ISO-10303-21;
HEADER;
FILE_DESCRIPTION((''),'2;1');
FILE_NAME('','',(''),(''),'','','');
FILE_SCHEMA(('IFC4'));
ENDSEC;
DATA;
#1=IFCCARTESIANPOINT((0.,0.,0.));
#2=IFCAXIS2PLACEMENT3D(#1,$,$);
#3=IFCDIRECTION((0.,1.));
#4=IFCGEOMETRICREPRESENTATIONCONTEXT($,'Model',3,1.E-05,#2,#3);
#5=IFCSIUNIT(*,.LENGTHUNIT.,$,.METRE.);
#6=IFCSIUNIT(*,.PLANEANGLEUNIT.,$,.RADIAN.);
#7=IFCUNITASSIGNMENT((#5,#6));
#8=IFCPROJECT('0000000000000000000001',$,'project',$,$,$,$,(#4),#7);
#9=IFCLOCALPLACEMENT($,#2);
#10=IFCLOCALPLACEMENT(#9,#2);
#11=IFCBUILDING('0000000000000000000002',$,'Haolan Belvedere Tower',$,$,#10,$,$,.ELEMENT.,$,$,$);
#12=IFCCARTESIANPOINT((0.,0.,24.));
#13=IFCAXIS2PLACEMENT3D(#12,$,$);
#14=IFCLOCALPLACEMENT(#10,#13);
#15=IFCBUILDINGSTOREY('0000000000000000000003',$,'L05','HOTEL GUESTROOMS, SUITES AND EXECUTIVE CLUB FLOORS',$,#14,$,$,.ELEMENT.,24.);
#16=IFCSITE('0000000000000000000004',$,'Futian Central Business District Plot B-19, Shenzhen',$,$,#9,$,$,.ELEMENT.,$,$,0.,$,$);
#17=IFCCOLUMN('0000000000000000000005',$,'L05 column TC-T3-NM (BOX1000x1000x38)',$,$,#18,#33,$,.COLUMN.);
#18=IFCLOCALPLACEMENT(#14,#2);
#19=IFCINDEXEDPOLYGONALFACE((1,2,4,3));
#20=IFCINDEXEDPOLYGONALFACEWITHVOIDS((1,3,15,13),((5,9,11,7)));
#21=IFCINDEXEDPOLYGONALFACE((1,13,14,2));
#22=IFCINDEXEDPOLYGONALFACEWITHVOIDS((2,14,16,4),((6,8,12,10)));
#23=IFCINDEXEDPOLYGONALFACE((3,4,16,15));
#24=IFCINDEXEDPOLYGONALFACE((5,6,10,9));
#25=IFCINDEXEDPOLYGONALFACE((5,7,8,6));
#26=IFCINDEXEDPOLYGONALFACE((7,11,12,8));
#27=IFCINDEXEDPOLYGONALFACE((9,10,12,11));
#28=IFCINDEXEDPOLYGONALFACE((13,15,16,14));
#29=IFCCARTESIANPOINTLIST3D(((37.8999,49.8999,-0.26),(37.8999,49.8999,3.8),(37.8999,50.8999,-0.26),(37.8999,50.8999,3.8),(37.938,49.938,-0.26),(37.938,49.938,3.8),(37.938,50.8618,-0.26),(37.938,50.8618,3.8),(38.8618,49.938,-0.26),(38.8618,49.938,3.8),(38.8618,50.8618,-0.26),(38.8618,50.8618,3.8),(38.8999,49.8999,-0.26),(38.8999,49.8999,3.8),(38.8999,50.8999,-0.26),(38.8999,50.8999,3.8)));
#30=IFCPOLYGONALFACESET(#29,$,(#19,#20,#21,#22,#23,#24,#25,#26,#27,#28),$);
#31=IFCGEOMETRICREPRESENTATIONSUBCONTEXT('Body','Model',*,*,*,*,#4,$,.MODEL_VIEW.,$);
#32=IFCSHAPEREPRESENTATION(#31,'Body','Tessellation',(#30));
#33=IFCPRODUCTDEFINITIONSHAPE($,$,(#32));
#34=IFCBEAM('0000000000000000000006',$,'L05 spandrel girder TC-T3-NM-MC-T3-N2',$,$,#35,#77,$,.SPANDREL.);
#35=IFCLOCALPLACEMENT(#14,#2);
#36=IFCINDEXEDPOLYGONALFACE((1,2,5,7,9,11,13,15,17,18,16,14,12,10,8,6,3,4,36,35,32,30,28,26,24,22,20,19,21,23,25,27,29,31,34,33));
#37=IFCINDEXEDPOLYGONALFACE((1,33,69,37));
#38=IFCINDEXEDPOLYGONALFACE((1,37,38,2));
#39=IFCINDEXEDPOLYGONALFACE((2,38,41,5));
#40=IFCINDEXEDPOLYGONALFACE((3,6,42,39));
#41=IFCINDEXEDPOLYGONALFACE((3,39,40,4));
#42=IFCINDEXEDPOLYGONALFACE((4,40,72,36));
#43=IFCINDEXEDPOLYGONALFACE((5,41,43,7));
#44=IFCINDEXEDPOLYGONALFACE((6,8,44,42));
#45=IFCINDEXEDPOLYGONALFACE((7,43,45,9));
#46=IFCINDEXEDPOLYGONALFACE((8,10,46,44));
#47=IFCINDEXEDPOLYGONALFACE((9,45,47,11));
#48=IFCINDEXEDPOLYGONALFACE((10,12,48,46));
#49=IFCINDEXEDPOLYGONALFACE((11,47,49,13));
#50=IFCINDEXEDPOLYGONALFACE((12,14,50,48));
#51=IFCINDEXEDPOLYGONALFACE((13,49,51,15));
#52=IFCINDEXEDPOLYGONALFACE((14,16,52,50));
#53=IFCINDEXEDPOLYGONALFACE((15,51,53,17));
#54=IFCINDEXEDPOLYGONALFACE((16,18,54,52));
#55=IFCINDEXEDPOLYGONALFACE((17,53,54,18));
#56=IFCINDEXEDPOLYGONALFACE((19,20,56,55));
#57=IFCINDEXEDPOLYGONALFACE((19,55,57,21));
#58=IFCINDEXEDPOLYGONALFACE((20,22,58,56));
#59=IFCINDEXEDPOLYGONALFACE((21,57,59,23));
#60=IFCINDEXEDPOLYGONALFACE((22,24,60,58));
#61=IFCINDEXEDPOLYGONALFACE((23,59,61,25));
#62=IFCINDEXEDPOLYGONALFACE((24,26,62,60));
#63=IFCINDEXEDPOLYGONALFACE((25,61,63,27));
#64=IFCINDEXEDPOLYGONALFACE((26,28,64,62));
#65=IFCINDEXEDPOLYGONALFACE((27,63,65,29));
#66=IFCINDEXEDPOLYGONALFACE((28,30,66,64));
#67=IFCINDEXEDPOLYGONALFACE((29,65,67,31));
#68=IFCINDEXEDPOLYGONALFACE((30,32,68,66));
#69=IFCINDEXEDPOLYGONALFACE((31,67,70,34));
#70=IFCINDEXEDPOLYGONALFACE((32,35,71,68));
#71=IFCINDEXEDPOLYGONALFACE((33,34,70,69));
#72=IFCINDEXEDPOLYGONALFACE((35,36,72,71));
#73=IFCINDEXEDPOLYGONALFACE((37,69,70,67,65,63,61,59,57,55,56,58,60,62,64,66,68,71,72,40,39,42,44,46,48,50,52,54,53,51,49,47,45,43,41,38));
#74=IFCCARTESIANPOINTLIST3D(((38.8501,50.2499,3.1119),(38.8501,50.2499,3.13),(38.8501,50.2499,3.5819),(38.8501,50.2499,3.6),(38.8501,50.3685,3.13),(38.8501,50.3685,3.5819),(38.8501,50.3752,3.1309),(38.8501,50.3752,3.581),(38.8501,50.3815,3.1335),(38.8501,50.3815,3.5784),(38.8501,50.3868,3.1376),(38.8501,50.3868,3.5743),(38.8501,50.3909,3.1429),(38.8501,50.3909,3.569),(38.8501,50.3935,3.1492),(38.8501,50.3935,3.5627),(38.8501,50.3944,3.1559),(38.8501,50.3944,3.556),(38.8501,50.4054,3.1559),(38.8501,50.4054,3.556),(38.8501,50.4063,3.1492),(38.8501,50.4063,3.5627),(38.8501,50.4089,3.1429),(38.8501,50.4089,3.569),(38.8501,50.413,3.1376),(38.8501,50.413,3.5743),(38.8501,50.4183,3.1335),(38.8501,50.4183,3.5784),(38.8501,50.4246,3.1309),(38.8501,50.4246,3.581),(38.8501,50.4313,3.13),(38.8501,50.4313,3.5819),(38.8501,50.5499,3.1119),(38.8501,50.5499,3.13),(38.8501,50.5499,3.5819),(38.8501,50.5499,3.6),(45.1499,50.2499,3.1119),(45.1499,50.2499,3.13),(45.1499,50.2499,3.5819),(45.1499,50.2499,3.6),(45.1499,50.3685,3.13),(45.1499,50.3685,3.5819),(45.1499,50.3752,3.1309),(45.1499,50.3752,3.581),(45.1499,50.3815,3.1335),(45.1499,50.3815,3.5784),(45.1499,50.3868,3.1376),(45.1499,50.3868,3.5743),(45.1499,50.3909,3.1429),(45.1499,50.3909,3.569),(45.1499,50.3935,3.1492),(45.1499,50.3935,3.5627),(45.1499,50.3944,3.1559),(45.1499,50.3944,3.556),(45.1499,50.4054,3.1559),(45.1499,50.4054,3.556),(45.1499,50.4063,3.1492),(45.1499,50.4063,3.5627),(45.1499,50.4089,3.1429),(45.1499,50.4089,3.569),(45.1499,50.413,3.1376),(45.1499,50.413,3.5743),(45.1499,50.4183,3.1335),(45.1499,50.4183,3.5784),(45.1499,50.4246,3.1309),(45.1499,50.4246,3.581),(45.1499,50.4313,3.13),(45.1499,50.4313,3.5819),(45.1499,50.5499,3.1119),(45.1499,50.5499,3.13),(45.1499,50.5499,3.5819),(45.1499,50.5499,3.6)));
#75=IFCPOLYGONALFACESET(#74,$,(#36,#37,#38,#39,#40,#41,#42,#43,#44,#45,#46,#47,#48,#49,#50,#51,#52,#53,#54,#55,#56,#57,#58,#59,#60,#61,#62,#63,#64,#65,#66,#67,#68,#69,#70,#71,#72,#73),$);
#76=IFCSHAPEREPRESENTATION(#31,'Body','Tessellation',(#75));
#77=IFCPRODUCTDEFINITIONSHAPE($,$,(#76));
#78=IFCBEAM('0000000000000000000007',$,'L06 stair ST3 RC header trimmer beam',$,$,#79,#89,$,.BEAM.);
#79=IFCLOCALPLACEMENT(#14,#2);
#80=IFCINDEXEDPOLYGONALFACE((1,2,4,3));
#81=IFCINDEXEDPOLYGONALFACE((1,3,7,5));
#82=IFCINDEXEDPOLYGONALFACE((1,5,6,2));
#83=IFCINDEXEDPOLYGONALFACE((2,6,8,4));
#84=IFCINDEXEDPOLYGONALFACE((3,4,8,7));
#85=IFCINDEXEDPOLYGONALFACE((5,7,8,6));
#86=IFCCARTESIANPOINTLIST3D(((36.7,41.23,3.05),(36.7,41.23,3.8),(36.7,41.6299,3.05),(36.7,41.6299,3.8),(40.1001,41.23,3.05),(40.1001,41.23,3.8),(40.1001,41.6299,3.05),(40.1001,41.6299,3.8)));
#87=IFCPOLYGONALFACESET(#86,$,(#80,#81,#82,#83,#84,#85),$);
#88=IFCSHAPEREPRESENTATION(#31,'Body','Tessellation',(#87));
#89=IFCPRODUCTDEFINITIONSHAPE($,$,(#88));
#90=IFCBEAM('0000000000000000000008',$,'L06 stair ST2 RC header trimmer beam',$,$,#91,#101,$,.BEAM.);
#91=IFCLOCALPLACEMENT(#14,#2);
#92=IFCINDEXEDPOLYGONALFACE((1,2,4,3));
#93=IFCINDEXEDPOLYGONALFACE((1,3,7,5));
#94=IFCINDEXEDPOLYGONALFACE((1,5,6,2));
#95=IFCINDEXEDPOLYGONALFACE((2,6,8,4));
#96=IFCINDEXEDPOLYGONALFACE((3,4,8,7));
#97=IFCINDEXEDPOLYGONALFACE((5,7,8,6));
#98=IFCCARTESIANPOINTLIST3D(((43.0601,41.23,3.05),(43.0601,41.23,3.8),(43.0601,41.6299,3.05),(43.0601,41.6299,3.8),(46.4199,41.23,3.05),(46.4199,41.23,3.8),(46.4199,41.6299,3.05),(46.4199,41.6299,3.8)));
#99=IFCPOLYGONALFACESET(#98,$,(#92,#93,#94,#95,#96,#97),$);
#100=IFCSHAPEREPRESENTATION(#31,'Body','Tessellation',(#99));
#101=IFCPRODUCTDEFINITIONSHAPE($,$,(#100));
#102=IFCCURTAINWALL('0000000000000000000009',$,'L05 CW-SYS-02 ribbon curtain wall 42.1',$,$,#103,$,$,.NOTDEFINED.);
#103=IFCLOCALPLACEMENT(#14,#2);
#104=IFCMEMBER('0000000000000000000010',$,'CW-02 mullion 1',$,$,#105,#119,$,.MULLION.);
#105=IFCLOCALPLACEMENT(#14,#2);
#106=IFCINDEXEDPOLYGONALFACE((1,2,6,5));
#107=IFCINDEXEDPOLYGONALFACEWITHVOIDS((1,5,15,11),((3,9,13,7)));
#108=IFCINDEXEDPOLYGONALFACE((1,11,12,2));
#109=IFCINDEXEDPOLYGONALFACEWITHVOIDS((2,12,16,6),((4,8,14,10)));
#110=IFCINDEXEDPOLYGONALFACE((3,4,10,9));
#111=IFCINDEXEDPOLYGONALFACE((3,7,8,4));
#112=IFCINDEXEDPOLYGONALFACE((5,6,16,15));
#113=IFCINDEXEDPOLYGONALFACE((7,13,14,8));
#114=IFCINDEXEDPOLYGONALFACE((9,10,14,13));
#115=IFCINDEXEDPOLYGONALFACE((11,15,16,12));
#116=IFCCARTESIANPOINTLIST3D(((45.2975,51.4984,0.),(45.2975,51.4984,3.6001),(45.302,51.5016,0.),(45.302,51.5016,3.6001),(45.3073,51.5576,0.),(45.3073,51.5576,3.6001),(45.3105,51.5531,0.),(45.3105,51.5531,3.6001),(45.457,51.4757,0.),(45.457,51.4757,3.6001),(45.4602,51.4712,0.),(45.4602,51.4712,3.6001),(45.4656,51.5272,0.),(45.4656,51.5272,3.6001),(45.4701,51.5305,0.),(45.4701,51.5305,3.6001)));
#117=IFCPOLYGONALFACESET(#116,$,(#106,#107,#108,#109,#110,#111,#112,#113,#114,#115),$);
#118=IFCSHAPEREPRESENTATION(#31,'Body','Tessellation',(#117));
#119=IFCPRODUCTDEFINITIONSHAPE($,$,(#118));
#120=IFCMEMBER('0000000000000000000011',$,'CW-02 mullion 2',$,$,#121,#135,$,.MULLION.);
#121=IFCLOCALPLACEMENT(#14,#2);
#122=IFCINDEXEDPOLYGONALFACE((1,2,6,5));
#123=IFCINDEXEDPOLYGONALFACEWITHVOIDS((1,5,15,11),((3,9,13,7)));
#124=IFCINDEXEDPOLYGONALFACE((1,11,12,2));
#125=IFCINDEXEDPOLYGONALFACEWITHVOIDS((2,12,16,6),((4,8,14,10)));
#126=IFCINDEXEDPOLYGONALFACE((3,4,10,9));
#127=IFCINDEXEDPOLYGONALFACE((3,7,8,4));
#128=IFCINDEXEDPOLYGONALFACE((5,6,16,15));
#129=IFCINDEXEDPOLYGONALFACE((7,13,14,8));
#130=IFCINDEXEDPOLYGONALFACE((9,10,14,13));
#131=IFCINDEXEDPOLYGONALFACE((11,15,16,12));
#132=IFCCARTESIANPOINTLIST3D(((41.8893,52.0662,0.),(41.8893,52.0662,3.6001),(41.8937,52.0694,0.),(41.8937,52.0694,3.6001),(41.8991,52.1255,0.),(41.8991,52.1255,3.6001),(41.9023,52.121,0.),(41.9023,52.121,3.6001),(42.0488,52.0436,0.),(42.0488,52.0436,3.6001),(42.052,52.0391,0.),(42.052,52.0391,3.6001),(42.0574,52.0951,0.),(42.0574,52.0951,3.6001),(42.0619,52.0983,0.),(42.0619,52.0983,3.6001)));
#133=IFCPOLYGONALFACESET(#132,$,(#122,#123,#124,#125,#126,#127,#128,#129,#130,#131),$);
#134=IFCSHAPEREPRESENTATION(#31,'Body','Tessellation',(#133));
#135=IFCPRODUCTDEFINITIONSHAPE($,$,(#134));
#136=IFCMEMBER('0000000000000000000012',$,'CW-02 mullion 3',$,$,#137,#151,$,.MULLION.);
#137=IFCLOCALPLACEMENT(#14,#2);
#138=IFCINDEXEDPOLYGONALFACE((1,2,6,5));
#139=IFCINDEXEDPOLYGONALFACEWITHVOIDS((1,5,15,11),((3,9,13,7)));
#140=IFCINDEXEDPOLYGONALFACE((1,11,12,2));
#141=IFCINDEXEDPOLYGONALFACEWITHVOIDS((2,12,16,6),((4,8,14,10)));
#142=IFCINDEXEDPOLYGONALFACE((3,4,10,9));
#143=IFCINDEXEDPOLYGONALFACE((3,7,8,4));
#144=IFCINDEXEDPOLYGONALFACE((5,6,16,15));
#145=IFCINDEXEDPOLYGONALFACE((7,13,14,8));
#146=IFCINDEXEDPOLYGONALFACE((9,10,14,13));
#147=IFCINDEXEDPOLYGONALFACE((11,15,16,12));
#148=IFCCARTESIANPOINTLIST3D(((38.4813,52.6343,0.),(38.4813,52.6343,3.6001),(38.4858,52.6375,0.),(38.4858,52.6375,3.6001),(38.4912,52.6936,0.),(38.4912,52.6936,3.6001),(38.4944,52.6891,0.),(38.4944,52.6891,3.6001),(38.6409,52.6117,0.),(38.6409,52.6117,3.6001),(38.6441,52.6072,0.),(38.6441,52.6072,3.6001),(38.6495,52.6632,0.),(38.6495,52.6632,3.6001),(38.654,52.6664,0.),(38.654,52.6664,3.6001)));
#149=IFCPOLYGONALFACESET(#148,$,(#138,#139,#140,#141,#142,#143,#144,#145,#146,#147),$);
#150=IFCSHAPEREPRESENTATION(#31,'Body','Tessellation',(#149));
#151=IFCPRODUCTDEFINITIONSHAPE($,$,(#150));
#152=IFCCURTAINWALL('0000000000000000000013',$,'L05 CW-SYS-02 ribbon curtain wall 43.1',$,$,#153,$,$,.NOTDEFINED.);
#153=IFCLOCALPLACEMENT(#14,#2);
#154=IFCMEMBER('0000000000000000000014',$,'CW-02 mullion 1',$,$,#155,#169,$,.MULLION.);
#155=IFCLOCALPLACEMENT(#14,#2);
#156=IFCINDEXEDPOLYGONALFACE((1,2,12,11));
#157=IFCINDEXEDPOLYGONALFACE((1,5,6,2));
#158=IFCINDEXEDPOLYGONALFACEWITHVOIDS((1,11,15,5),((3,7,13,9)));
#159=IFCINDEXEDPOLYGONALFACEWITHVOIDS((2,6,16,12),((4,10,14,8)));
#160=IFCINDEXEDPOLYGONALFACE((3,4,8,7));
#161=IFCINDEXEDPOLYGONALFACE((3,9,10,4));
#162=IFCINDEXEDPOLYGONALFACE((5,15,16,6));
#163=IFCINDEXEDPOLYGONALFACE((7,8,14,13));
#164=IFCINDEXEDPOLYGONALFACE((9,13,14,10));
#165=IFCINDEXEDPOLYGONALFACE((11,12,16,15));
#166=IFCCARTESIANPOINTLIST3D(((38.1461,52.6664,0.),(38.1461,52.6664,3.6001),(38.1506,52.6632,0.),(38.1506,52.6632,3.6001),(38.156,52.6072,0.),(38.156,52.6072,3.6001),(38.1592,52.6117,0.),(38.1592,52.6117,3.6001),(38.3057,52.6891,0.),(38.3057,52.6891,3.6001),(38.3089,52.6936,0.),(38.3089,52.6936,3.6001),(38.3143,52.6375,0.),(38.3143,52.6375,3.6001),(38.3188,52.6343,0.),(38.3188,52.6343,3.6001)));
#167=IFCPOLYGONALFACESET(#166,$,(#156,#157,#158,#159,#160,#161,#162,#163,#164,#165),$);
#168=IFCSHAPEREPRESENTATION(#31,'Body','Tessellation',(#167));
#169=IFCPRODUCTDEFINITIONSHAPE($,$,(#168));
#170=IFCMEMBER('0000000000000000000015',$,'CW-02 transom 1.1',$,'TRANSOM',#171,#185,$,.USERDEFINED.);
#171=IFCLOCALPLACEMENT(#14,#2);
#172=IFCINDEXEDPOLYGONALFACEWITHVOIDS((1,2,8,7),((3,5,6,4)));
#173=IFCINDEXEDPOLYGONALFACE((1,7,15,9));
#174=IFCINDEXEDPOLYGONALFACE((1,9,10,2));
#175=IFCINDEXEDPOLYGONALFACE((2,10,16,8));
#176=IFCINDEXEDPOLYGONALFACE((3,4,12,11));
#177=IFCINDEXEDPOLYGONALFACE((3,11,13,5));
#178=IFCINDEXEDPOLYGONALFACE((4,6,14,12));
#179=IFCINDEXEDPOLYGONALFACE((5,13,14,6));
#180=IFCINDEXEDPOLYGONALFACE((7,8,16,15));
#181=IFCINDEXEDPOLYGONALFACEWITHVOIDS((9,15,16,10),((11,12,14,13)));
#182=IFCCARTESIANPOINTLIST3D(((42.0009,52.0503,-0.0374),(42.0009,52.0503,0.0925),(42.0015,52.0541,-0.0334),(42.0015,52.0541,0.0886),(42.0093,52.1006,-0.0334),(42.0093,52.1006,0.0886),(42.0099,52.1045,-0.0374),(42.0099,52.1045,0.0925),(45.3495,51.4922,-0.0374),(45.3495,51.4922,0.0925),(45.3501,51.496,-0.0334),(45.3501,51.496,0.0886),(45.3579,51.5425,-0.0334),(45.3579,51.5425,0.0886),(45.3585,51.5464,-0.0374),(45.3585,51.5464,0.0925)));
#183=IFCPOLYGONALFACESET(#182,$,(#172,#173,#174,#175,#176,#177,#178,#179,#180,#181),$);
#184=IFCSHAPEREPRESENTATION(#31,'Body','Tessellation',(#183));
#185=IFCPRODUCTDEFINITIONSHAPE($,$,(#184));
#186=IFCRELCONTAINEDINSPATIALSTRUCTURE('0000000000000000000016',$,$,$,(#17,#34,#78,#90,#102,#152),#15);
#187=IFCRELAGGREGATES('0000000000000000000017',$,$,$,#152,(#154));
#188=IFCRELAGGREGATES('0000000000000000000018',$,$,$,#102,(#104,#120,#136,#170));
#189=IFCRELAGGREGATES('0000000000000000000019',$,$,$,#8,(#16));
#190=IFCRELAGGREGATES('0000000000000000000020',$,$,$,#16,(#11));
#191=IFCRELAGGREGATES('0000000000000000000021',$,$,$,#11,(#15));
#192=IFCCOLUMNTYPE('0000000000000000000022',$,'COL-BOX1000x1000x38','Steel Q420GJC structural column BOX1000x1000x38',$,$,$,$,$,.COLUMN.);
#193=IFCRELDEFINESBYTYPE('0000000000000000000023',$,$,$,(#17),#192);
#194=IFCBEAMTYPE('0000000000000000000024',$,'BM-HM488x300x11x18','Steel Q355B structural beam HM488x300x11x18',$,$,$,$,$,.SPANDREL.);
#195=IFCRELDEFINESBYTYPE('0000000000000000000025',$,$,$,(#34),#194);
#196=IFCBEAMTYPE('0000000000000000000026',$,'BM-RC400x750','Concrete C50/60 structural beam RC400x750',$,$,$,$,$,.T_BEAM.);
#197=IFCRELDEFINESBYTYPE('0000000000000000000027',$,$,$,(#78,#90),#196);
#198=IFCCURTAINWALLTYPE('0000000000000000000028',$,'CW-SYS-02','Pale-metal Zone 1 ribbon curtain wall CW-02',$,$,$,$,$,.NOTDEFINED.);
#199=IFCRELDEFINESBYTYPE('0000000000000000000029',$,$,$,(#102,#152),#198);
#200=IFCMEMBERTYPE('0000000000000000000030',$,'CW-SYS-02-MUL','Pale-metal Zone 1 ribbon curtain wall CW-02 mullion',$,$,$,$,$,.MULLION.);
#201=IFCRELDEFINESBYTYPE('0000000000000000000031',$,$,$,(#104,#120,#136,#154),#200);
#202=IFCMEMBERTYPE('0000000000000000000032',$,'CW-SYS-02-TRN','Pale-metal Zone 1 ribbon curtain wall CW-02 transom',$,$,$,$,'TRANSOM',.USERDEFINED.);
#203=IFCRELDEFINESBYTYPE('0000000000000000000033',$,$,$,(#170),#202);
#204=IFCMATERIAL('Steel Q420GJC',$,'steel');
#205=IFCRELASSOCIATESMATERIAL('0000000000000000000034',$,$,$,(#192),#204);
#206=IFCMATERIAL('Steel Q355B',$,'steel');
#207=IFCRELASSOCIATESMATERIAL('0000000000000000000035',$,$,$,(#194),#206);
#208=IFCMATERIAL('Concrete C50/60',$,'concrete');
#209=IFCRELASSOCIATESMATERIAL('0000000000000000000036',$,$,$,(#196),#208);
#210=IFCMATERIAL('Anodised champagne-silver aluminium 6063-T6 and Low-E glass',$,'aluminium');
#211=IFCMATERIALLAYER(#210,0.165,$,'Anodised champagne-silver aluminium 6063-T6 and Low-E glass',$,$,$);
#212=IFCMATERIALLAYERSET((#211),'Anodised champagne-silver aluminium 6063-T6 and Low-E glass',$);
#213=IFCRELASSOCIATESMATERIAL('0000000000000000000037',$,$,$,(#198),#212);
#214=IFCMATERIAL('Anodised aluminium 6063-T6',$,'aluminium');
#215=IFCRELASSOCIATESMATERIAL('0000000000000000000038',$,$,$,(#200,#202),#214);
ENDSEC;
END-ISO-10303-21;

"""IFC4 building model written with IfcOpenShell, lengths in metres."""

from ifc_helpers import new_model, si_unit, direction, frame, origin, origin_2d, place, context, subcontext, project, spatial, rectangle, hollow_rectangle, i_section, extrude, material, layer, layer_set, material_profile, profile_set, type_object, element, aggregate, save


model = new_model("IFC4")

# Units and contexts
model_context = context("Model", 3, precision=1e-05, world=origin(), true_north=direction((0.0, 1.0)))
body_context = subcontext(model_context, "Body", "Model", "MODEL_VIEW")
ifc_project = project(units=[si_unit("LENGTHUNIT", "METRE"), si_unit("PLANEANGLEUNIT", "RADIAN")], contexts=[model_context])

# Site, building, storey
site_placement = place(None, origin())
site = spatial("IfcSite", under=ifc_project, at=site_placement, Name="Futian Central Business District Plot B-19, Shenzhen", CompositionType="ELEMENT", RefElevation=0.0)
building_placement = place(site_placement, origin())
building = spatial("IfcBuilding", under=site, at=building_placement, Name="Haolan Belvedere Tower", CompositionType="ELEMENT")
storey_placement = place(building_placement, frame((0.0, 0.0, 24.0)))
storey = spatial("IfcBuildingStorey", under=building, at=storey_placement, Name="L05", Description="HOTEL GUESTROOMS, SUITES AND EXECUTIVE CLUB FLOORS", CompositionType="ELEMENT", Elevation=24.0)

# Column
ifc_material_1 = material(Name="Steel Q420GJC", Category="steel")
ifc_material_profile_1 = material_profile(ifc_material_1, hollow_rectangle(XDim=1.0, YDim=1.0, WallThickness=0.0381, at=origin_2d()), Name="Steel Q420GJC")
ifc_profile_set_1 = profile_set([ifc_material_profile_1], Name="Steel Q420GJC")
column_type = type_object("IfcColumnType", Name="COL-BOX1000x1000x38", Description="Steel Q420GJC structural column BOX1000x1000x38", PredefinedType="COLUMN", material=ifc_profile_set_1)
column_placement = place(storey_placement, frame((38.3999, 50.3999, -0.26), z_axis=(0.0, 0.0, 1.0), x_axis=(1.0, 0.0, 0.0)))
element("IfcColumn", 1, at=column_placement, inside=storey, type_object=column_type, Name="L05 column TC-T3-NM (BOX1000x1000x38)", PredefinedType="COLUMN", context=body_context, shape_type="SweptSolid", body=[
    extrude(hollow_rectangle(XDim=1.0, YDim=1.0, WallThickness=0.0381, at=origin_2d()), origin(), (0.0, 0.0, 1.0), 4.0601),
])

# Beams
ifc_material_2 = material(Name="Steel Q355B", Category="steel")
ifc_material_profile_2 = material_profile(ifc_material_2, i_section(OverallWidth=0.3, OverallDepth=0.488, WebThickness=0.011, FlangeThickness=0.0181, FilletRadius=0.0259, at=origin_2d()), Name="Steel Q355B")
ifc_profile_set_2 = profile_set([ifc_material_profile_2], Name="Steel Q355B")
beam_type_1 = type_object("IfcBeamType", Name="BM-HM488x300x11x18", Description="Steel Q355B structural beam HM488x300x11x18", PredefinedType="SPANDREL", material=ifc_profile_set_2)
beam_1_placement = place(storey_placement, frame((38.8501, 50.3999, 3.356), z_axis=(1.0, 0.0, 0.0), x_axis=(0.0, 1.0, 0.0)))
element("IfcBeam", 2, at=beam_1_placement, inside=storey, type_object=beam_type_1, Name="L05 spandrel girder TC-T3-NM-MC-T3-N2", PredefinedType="SPANDREL", context=body_context, shape_type="SweptSolid", body=[
    extrude(i_section(OverallWidth=0.3, OverallDepth=0.488, WebThickness=0.011, FlangeThickness=0.0181, FilletRadius=0.0259, at=origin_2d()), origin(), (0.0, 0.0, 1.0), 6.2998),
])
ifc_material_3 = material(Name="Concrete C50/60", Category="concrete")
ifc_material_profile_3 = material_profile(ifc_material_3, rectangle(XDim=0.3999, YDim=0.75, at=origin_2d()), Name="Concrete C50/60")
ifc_profile_set_3 = profile_set([ifc_material_profile_3], Name="Concrete C50/60")
beam_type_2 = type_object("IfcBeamType", Name="BM-RC400x750", Description="Concrete C50/60 structural beam RC400x750", PredefinedType="T_BEAM", material=ifc_profile_set_3)
beam_2_placement = place(storey_placement, frame((36.7, 41.4299, 3.425), z_axis=(1.0, 0.0, 0.0), x_axis=(0.0, 1.0, 0.0)))
element("IfcBeam", 3, at=beam_2_placement, inside=storey, type_object=beam_type_2, Name="L06 stair ST3 RC header trimmer beam", PredefinedType="BEAM", context=body_context, shape_type="SweptSolid", body=[
    extrude(rectangle(XDim=0.3999, YDim=0.75, at=origin_2d()), origin(), (0.0, 0.0, 1.0), 3.4001),
])
beam_3_placement = place(storey_placement, frame((43.0601, 41.4299, 3.425), z_axis=(1.0, 0.0, 0.0), x_axis=(0.0, 1.0, 0.0)))
element("IfcBeam", 4, at=beam_3_placement, inside=storey, type_object=beam_type_2, Name="L06 stair ST2 RC header trimmer beam", PredefinedType="BEAM", context=body_context, shape_type="SweptSolid", body=[
    extrude(rectangle(XDim=0.3999, YDim=0.75, at=origin_2d()), origin(), (0.0, 0.0, 1.0), 3.3599),
])

# Curtain wall, members
ifc_material_4 = material(Name="Anodised champagne-silver aluminium 6063-T6 and Low-E glass", Category="aluminium")
ifc_layer_1 = layer(ifc_material_4, 0.165, Name="Anodised champagne-silver aluminium 6063-T6 and Low-E glass")
ifc_layer_set_1 = layer_set([ifc_layer_1], Name="Anodised champagne-silver aluminium 6063-T6 and Low-E glass")
curtain_wall_type = type_object("IfcCurtainWallType", Name="CW-SYS-02", Description="Pale-metal Zone 1 ribbon curtain wall CW-02", PredefinedType="NOTDEFINED", material=ifc_layer_set_1)
curtain_wall_1_placement = place(storey_placement, origin())
curtain_wall_1 = element("IfcCurtainWall", 5, at=curtain_wall_1_placement, inside=storey, type_object=curtain_wall_type, Name="L05 CW-SYS-02 ribbon curtain wall 42.1", PredefinedType="NOTDEFINED")
ifc_material_5 = material(Name="Anodised aluminium 6063-T6", Category="aluminium")
ifc_material_profile_4 = material_profile(ifc_material_5, hollow_rectangle(XDim=0.0601, YDim=0.165, WallThickness=0.0039, at=origin_2d()), Name="Anodised aluminium 6063-T6")
ifc_profile_set_4 = profile_set([ifc_material_profile_4], Name="Anodised aluminium 6063-T6")
member_type_1 = type_object("IfcMemberType", Name="CW-SYS-02-MUL", Description="Pale-metal Zone 1 ribbon curtain wall CW-02 mullion", PredefinedType="MULLION", material=ifc_profile_set_4)
member_1_placement = place(storey_placement, frame((45.3838, 51.5144, 0.0), z_axis=(0.0, 0.0, 1.0), x_axis=(-0.164404, -0.986393, 0.0)))
member_1 = element("IfcMember", 6, at=member_1_placement, type_object=member_type_1, Name="CW-02 mullion 1", PredefinedType="MULLION", context=body_context, shape_type="SweptSolid", body=[
    extrude(hollow_rectangle(XDim=0.0601, YDim=0.165, WallThickness=0.0039, at=origin_2d()), origin(), (0.0, 0.0, 1.0), 3.6001),
])
member_2_placement = place(storey_placement, frame((41.9756, 52.0823, 0.0), z_axis=(0.0, 0.0, 1.0), x_axis=(-0.164404, -0.986393, 0.0)))
member_2 = element("IfcMember", 7, at=member_2_placement, type_object=member_type_1, Name="CW-02 mullion 2", PredefinedType="MULLION", context=body_context, shape_type="SweptSolid", body=[
    extrude(hollow_rectangle(XDim=0.0601, YDim=0.165, WallThickness=0.0039, at=origin_2d()), origin(), (0.0, 0.0, 1.0), 3.6001),
])
member_3_placement = place(storey_placement, frame((38.5676, 52.6504, 0.0), z_axis=(0.0, 0.0, 1.0), x_axis=(-0.164404, -0.986393, 0.0)))
member_3 = element("IfcMember", 8, at=member_3_placement, type_object=member_type_1, Name="CW-02 mullion 3", PredefinedType="MULLION", context=body_context, shape_type="SweptSolid", body=[
    extrude(hollow_rectangle(XDim=0.0601, YDim=0.165, WallThickness=0.0039, at=origin_2d()), origin(), (0.0, 0.0, 1.0), 3.6001),
])

# Curtain wall, member
curtain_wall_2_placement = place(storey_placement, origin())
curtain_wall_2 = element("IfcCurtainWall", 9, at=curtain_wall_2_placement, inside=storey, type_object=curtain_wall_type, Name="L05 CW-SYS-02 ribbon curtain wall 43.1", PredefinedType="NOTDEFINED")
member_4_placement = place(storey_placement, frame((38.2324, 52.6504, 0.0), z_axis=(0.0, 0.0, 1.0), x_axis=(0.164404, -0.986393, 0.0)))
member_4 = element("IfcMember", 10, at=member_4_placement, type_object=member_type_1, Name="CW-02 mullion 1", PredefinedType="MULLION", context=body_context, shape_type="SweptSolid", body=[
    extrude(hollow_rectangle(XDim=0.0601, YDim=0.165, WallThickness=0.0039, at=origin_2d()), origin(), (0.0, 0.0, 1.0), 3.6001),
])

# Member
ifc_material_profile_5 = material_profile(ifc_material_5, hollow_rectangle(XDim=0.0549, YDim=0.1299, WallThickness=0.0039, at=origin_2d()), Name="Anodised aluminium 6063-T6")
ifc_profile_set_5 = profile_set([ifc_material_profile_5], Name="Anodised aluminium 6063-T6")
member_type_2 = type_object("IfcMemberType", Name="CW-SYS-02-TRN", Description="Pale-metal Zone 1 ribbon curtain wall CW-02 transom", ElementType="TRANSOM", PredefinedType="USERDEFINED", material=ifc_profile_set_5)
member_5_placement = place(storey_placement, frame((45.354, 51.5193, 0.0276), z_axis=(-0.986394, 0.164399, 0.0), x_axis=(-0.164399, -0.986394, 0.0)))
member_5 = element("IfcMember", 11, at=member_5_placement, type_object=member_type_2, Name="CW-02 transom 1.1", ObjectType="TRANSOM", PredefinedType="USERDEFINED", context=body_context, shape_type="SweptSolid", body=[
    extrude(hollow_rectangle(XDim=0.0549, YDim=0.1299, WallThickness=0.0039, at=origin_2d()), origin(), (0.0, 0.0, 1.0), 3.3948),
])
aggregate(curtain_wall_2, [member_4])

aggregate(curtain_wall_1, [member_1, member_2, member_3, member_5])

save(model, "model.ifc")
